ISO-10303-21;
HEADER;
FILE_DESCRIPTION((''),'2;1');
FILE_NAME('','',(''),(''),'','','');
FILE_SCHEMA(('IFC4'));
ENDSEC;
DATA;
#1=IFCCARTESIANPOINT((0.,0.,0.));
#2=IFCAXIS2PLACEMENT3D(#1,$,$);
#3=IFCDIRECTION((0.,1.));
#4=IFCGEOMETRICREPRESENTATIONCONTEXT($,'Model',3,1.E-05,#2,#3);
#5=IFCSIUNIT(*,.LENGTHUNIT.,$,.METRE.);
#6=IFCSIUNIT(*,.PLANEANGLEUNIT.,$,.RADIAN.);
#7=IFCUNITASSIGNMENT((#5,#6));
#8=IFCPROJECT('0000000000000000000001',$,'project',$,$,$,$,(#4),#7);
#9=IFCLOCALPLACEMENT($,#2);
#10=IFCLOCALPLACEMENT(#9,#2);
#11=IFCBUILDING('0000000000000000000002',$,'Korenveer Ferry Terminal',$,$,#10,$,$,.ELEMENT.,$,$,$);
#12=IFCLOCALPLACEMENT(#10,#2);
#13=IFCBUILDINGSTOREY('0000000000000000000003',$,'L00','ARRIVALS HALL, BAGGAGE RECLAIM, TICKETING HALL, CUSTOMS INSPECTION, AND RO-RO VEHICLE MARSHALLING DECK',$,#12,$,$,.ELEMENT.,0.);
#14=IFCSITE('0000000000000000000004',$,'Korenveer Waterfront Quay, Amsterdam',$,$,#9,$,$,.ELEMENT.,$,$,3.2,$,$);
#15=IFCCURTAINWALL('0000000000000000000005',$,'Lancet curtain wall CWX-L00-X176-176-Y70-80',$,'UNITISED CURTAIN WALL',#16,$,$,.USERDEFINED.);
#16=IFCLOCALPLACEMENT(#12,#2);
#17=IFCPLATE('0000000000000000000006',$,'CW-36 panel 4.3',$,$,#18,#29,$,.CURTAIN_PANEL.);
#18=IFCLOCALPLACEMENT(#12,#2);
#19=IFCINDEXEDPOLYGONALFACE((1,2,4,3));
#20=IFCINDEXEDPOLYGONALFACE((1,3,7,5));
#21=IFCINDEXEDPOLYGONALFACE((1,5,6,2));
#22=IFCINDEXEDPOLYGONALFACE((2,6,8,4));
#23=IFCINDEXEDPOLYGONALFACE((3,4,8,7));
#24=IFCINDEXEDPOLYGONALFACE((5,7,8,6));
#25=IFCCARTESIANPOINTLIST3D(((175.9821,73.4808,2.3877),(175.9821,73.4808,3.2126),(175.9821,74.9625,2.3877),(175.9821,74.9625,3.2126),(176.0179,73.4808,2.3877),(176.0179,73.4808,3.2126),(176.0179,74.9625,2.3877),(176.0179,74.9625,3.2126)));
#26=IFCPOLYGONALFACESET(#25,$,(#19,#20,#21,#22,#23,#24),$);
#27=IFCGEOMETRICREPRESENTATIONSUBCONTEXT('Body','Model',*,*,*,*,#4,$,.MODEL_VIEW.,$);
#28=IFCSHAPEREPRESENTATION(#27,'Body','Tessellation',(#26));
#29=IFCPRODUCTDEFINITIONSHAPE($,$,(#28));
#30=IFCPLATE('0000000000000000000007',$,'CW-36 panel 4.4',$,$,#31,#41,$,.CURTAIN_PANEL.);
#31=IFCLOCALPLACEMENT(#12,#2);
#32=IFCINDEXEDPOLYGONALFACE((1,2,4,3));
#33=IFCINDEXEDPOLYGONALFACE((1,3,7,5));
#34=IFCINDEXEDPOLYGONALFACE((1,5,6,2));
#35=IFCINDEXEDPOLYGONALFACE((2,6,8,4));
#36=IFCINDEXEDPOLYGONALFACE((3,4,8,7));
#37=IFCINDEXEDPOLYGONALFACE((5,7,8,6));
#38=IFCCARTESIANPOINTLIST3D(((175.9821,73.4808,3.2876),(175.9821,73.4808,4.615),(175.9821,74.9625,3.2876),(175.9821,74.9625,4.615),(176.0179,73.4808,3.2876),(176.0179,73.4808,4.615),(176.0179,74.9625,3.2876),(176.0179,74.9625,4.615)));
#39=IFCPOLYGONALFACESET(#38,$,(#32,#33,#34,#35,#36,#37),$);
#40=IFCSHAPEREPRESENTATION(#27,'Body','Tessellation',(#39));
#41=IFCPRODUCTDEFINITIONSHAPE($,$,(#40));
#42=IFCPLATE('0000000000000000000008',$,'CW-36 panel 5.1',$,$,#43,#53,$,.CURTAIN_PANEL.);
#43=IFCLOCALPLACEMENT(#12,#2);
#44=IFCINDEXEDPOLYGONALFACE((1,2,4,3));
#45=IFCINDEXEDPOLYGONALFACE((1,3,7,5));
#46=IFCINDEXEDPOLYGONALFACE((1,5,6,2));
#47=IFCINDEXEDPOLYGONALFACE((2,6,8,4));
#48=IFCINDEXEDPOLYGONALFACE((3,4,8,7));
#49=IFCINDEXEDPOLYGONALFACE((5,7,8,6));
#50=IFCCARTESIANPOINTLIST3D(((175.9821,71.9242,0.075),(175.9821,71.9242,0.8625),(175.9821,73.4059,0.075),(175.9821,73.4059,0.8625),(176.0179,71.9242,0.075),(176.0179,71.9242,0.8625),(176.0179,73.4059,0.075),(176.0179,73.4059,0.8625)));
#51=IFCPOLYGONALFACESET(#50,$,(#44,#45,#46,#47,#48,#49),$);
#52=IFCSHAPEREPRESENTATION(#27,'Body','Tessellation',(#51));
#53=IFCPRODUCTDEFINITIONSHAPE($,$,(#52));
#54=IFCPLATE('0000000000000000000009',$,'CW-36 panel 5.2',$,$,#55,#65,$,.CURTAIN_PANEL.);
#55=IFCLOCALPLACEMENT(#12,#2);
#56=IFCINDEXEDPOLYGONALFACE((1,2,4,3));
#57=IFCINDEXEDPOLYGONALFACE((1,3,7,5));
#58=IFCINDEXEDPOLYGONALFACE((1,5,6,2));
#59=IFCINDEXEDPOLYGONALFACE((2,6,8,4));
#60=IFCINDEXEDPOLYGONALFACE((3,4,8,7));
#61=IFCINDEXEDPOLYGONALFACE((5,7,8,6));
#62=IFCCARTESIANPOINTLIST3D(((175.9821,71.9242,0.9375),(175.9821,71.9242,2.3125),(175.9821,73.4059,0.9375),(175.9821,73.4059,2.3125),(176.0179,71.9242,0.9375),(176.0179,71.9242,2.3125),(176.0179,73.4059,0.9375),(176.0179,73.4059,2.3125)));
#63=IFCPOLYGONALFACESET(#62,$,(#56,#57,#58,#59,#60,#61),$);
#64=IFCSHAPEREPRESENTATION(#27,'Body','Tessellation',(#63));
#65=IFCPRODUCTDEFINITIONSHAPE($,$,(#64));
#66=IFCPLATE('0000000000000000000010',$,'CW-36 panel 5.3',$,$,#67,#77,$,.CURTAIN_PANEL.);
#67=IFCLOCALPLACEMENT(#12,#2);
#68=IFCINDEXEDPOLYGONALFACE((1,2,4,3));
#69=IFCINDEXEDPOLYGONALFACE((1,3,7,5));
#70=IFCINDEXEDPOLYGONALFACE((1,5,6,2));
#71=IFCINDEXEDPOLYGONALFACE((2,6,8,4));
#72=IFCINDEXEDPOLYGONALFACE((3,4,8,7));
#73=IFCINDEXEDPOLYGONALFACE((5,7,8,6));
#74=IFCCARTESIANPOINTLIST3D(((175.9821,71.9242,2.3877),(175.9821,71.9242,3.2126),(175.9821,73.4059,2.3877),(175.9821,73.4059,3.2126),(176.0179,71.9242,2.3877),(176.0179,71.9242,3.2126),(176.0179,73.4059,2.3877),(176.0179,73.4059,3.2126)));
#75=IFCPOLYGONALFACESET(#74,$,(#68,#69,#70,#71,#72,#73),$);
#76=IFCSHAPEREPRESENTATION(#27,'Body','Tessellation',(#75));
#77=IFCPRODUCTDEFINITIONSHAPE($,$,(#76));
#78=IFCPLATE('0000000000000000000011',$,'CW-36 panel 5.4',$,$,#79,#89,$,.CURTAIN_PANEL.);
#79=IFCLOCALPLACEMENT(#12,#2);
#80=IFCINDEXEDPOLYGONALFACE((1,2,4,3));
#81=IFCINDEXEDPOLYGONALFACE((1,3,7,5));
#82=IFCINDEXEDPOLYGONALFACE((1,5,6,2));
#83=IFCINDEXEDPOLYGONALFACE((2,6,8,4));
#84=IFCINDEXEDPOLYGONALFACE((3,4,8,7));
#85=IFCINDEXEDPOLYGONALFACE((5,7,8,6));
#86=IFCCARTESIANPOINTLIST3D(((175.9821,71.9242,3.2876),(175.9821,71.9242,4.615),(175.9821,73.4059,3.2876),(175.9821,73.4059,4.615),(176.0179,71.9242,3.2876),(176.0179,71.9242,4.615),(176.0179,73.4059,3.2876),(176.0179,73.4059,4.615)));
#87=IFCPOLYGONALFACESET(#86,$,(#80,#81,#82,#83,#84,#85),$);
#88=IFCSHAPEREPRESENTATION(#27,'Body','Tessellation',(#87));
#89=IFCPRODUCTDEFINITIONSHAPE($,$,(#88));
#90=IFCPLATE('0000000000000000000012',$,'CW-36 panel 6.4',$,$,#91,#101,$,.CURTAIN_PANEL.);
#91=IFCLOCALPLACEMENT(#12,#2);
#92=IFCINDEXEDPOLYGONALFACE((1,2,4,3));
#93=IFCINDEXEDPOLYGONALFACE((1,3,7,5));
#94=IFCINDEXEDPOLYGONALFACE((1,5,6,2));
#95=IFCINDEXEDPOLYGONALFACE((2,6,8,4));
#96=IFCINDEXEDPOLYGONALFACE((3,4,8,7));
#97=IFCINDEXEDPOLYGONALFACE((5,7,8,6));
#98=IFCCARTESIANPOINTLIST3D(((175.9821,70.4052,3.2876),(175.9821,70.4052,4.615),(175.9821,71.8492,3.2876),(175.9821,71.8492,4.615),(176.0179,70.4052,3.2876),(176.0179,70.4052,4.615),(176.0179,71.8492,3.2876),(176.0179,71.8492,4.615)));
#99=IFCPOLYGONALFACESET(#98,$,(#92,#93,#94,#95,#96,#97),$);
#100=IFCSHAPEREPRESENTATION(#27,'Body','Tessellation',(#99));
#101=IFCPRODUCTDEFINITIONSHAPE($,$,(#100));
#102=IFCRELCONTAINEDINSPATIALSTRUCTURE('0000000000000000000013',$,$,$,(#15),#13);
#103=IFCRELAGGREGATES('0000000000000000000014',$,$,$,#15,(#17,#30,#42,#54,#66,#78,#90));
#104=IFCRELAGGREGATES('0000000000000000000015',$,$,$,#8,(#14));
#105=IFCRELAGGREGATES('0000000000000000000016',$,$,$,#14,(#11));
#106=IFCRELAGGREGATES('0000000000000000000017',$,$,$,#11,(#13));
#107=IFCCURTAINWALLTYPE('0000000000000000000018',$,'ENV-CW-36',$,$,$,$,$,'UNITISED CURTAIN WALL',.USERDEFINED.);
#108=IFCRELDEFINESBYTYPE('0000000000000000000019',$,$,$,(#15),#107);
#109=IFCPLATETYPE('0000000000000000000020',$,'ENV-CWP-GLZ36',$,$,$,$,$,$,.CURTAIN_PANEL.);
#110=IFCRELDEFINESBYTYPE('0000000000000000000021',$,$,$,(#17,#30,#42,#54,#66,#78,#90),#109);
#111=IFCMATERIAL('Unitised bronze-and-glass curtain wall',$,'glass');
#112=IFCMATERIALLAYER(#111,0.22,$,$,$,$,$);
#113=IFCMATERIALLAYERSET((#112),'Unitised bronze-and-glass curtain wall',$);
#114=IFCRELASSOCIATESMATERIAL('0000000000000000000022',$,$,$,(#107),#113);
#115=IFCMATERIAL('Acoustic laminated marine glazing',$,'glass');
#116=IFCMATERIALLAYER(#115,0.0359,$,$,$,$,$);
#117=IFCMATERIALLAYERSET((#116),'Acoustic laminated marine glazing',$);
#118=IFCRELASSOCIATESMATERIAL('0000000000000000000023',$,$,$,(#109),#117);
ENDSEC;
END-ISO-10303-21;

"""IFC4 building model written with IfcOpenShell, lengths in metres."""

from ifc_helpers import new_model, si_unit, direction, frame, origin, origin_2d, place, context, subcontext, project, spatial, rectangle, extrude, material, layer, layer_set, type_object, element, aggregate, save


model = new_model("IFC4")

# Units and contexts
model_context = context("Model", 3, precision=1e-05, world=origin(), true_north=direction((0.0, 1.0)))
body_context = subcontext(model_context, "Body", "Model", "MODEL_VIEW")
ifc_project = project(units=[si_unit("LENGTHUNIT", "METRE"), si_unit("PLANEANGLEUNIT", "RADIAN")], contexts=[model_context])

# Site, building, storey
site_placement = place(None, origin())
site = spatial("IfcSite", under=ifc_project, at=site_placement, Name="Korenveer Waterfront Quay, Amsterdam", CompositionType="ELEMENT", RefElevation=3.2)
building_placement = place(site_placement, origin())
building = spatial("IfcBuilding", under=site, at=building_placement, Name="Korenveer Ferry Terminal", CompositionType="ELEMENT")
storey_placement = place(building_placement, origin())
storey = spatial("IfcBuildingStorey", under=building, at=storey_placement, Name="L00", Description="ARRIVALS HALL, BAGGAGE RECLAIM, TICKETING HALL, CUSTOMS INSPECTION, AND RO-RO VEHICLE MARSHALLING DECK", CompositionType="ELEMENT", Elevation=0.0)

# Curtain wall, plates
ifc_material_1 = material(Name="Unitised bronze-and-glass curtain wall", Category="glass")
ifc_layer_1 = layer(ifc_material_1, 0.22)
ifc_layer_set_1 = layer_set([ifc_layer_1], Name="Unitised bronze-and-glass curtain wall")
curtain_wall_type = type_object("IfcCurtainWallType", Name="ENV-CW-36", ElementType="UNITISED CURTAIN WALL", PredefinedType="USERDEFINED", material=ifc_layer_set_1)
curtain_wall_placement = place(storey_placement, frame((176.0, 79.6699, 0.0)))
curtain_wall = element("IfcCurtainWall", 1, at=curtain_wall_placement, inside=storey, type_object=curtain_wall_type, Name="Lancet curtain wall CWX-L00-X176-176-Y70-80", ObjectType="UNITISED CURTAIN WALL", PredefinedType="USERDEFINED")
ifc_material_2 = material(Name="Acoustic laminated marine glazing", Category="glass")
ifc_layer_2 = layer(ifc_material_2, 0.0359)
ifc_layer_set_2 = layer_set([ifc_layer_2], Name="Acoustic laminated marine glazing")
plate_type = type_object("IfcPlateType", Name="ENV-CWP-GLZ36", PredefinedType="CURTAIN_PANEL", material=ifc_layer_set_2)
plate_1_placement = place(storey_placement, frame((176.0, 74.2217, 2.3877), z_axis=(0.0, 0.0, 1.0), x_axis=(0.0, -1.0, 0.0)))
plate_1 = element("IfcPlate", 2, at=plate_1_placement, type_object=plate_type, Name="CW-36 panel 4.3", PredefinedType="CURTAIN_PANEL", context=body_context, shape_type="SweptSolid", body=[
    extrude(rectangle(XDim=1.4817, YDim=0.0359, at=origin_2d()), origin(), (0.0, 0.0, 1.0), 0.825),
])
plate_2_placement = place(storey_placement, frame((176.0, 74.2217, 3.2876), z_axis=(0.0, 0.0, 1.0), x_axis=(0.0, -1.0, 0.0)))
plate_2 = element("IfcPlate", 3, at=plate_2_placement, type_object=plate_type, Name="CW-36 panel 4.4", PredefinedType="CURTAIN_PANEL", context=body_context, shape_type="SweptSolid", body=[
    extrude(rectangle(XDim=1.4817, YDim=0.0359, at=origin_2d()), origin(), (0.0, 0.0, 1.0), 1.3274),
])
plate_3_placement = place(storey_placement, frame((176.0, 72.665, 0.075), z_axis=(0.0, 0.0, 1.0), x_axis=(0.0, -1.0, 0.0)))
plate_3 = element("IfcPlate", 4, at=plate_3_placement, type_object=plate_type, Name="CW-36 panel 5.1", PredefinedType="CURTAIN_PANEL", context=body_context, shape_type="SweptSolid", body=[
    extrude(rectangle(XDim=1.4817, YDim=0.0359, at=origin_2d()), origin(), (0.0, 0.0, 1.0), 0.7876),
])
plate_4_placement = place(storey_placement, frame((176.0, 72.665, 0.9375), z_axis=(0.0, 0.0, 1.0), x_axis=(0.0, -1.0, 0.0)))
plate_4 = element("IfcPlate", 5, at=plate_4_placement, type_object=plate_type, Name="CW-36 panel 5.2", PredefinedType="CURTAIN_PANEL", context=body_context, shape_type="SweptSolid", body=[
    extrude(rectangle(XDim=1.4817, YDim=0.0359, at=origin_2d()), origin(), (0.0, 0.0, 1.0), 1.375),
])
plate_5_placement = place(storey_placement, frame((176.0, 72.665, 2.3877), z_axis=(0.0, 0.0, 1.0), x_axis=(0.0, -1.0, 0.0)))
plate_5 = element("IfcPlate", 6, at=plate_5_placement, type_object=plate_type, Name="CW-36 panel 5.3", PredefinedType="CURTAIN_PANEL", context=body_context, shape_type="SweptSolid", body=[
    extrude(rectangle(XDim=1.4817, YDim=0.0359, at=origin_2d()), origin(), (0.0, 0.0, 1.0), 0.825),
])
plate_6_placement = place(storey_placement, frame((176.0, 72.665, 3.2876), z_axis=(0.0, 0.0, 1.0), x_axis=(0.0, -1.0, 0.0)))
plate_6 = element("IfcPlate", 7, at=plate_6_placement, type_object=plate_type, Name="CW-36 panel 5.4", PredefinedType="CURTAIN_PANEL", context=body_context, shape_type="SweptSolid", body=[
    extrude(rectangle(XDim=1.4817, YDim=0.0359, at=origin_2d()), origin(), (0.0, 0.0, 1.0), 1.3274),
])
plate_7_placement = place(storey_placement, frame((176.0, 71.1272, 3.2876), z_axis=(0.0, 0.0, 1.0), x_axis=(0.0, -1.0, 0.0)))
plate_7 = element("IfcPlate", 8, at=plate_7_placement, type_object=plate_type, Name="CW-36 panel 6.4", PredefinedType="CURTAIN_PANEL", context=body_context, shape_type="SweptSolid", body=[
    extrude(rectangle(XDim=1.4441, YDim=0.0359, at=origin_2d()), origin(), (0.0, 0.0, 1.0), 1.3274),
])
aggregate(curtain_wall, [plate_1, plate_2, plate_3, plate_4, plate_5, plate_6, plate_7])

save(model, "model.ifc")
